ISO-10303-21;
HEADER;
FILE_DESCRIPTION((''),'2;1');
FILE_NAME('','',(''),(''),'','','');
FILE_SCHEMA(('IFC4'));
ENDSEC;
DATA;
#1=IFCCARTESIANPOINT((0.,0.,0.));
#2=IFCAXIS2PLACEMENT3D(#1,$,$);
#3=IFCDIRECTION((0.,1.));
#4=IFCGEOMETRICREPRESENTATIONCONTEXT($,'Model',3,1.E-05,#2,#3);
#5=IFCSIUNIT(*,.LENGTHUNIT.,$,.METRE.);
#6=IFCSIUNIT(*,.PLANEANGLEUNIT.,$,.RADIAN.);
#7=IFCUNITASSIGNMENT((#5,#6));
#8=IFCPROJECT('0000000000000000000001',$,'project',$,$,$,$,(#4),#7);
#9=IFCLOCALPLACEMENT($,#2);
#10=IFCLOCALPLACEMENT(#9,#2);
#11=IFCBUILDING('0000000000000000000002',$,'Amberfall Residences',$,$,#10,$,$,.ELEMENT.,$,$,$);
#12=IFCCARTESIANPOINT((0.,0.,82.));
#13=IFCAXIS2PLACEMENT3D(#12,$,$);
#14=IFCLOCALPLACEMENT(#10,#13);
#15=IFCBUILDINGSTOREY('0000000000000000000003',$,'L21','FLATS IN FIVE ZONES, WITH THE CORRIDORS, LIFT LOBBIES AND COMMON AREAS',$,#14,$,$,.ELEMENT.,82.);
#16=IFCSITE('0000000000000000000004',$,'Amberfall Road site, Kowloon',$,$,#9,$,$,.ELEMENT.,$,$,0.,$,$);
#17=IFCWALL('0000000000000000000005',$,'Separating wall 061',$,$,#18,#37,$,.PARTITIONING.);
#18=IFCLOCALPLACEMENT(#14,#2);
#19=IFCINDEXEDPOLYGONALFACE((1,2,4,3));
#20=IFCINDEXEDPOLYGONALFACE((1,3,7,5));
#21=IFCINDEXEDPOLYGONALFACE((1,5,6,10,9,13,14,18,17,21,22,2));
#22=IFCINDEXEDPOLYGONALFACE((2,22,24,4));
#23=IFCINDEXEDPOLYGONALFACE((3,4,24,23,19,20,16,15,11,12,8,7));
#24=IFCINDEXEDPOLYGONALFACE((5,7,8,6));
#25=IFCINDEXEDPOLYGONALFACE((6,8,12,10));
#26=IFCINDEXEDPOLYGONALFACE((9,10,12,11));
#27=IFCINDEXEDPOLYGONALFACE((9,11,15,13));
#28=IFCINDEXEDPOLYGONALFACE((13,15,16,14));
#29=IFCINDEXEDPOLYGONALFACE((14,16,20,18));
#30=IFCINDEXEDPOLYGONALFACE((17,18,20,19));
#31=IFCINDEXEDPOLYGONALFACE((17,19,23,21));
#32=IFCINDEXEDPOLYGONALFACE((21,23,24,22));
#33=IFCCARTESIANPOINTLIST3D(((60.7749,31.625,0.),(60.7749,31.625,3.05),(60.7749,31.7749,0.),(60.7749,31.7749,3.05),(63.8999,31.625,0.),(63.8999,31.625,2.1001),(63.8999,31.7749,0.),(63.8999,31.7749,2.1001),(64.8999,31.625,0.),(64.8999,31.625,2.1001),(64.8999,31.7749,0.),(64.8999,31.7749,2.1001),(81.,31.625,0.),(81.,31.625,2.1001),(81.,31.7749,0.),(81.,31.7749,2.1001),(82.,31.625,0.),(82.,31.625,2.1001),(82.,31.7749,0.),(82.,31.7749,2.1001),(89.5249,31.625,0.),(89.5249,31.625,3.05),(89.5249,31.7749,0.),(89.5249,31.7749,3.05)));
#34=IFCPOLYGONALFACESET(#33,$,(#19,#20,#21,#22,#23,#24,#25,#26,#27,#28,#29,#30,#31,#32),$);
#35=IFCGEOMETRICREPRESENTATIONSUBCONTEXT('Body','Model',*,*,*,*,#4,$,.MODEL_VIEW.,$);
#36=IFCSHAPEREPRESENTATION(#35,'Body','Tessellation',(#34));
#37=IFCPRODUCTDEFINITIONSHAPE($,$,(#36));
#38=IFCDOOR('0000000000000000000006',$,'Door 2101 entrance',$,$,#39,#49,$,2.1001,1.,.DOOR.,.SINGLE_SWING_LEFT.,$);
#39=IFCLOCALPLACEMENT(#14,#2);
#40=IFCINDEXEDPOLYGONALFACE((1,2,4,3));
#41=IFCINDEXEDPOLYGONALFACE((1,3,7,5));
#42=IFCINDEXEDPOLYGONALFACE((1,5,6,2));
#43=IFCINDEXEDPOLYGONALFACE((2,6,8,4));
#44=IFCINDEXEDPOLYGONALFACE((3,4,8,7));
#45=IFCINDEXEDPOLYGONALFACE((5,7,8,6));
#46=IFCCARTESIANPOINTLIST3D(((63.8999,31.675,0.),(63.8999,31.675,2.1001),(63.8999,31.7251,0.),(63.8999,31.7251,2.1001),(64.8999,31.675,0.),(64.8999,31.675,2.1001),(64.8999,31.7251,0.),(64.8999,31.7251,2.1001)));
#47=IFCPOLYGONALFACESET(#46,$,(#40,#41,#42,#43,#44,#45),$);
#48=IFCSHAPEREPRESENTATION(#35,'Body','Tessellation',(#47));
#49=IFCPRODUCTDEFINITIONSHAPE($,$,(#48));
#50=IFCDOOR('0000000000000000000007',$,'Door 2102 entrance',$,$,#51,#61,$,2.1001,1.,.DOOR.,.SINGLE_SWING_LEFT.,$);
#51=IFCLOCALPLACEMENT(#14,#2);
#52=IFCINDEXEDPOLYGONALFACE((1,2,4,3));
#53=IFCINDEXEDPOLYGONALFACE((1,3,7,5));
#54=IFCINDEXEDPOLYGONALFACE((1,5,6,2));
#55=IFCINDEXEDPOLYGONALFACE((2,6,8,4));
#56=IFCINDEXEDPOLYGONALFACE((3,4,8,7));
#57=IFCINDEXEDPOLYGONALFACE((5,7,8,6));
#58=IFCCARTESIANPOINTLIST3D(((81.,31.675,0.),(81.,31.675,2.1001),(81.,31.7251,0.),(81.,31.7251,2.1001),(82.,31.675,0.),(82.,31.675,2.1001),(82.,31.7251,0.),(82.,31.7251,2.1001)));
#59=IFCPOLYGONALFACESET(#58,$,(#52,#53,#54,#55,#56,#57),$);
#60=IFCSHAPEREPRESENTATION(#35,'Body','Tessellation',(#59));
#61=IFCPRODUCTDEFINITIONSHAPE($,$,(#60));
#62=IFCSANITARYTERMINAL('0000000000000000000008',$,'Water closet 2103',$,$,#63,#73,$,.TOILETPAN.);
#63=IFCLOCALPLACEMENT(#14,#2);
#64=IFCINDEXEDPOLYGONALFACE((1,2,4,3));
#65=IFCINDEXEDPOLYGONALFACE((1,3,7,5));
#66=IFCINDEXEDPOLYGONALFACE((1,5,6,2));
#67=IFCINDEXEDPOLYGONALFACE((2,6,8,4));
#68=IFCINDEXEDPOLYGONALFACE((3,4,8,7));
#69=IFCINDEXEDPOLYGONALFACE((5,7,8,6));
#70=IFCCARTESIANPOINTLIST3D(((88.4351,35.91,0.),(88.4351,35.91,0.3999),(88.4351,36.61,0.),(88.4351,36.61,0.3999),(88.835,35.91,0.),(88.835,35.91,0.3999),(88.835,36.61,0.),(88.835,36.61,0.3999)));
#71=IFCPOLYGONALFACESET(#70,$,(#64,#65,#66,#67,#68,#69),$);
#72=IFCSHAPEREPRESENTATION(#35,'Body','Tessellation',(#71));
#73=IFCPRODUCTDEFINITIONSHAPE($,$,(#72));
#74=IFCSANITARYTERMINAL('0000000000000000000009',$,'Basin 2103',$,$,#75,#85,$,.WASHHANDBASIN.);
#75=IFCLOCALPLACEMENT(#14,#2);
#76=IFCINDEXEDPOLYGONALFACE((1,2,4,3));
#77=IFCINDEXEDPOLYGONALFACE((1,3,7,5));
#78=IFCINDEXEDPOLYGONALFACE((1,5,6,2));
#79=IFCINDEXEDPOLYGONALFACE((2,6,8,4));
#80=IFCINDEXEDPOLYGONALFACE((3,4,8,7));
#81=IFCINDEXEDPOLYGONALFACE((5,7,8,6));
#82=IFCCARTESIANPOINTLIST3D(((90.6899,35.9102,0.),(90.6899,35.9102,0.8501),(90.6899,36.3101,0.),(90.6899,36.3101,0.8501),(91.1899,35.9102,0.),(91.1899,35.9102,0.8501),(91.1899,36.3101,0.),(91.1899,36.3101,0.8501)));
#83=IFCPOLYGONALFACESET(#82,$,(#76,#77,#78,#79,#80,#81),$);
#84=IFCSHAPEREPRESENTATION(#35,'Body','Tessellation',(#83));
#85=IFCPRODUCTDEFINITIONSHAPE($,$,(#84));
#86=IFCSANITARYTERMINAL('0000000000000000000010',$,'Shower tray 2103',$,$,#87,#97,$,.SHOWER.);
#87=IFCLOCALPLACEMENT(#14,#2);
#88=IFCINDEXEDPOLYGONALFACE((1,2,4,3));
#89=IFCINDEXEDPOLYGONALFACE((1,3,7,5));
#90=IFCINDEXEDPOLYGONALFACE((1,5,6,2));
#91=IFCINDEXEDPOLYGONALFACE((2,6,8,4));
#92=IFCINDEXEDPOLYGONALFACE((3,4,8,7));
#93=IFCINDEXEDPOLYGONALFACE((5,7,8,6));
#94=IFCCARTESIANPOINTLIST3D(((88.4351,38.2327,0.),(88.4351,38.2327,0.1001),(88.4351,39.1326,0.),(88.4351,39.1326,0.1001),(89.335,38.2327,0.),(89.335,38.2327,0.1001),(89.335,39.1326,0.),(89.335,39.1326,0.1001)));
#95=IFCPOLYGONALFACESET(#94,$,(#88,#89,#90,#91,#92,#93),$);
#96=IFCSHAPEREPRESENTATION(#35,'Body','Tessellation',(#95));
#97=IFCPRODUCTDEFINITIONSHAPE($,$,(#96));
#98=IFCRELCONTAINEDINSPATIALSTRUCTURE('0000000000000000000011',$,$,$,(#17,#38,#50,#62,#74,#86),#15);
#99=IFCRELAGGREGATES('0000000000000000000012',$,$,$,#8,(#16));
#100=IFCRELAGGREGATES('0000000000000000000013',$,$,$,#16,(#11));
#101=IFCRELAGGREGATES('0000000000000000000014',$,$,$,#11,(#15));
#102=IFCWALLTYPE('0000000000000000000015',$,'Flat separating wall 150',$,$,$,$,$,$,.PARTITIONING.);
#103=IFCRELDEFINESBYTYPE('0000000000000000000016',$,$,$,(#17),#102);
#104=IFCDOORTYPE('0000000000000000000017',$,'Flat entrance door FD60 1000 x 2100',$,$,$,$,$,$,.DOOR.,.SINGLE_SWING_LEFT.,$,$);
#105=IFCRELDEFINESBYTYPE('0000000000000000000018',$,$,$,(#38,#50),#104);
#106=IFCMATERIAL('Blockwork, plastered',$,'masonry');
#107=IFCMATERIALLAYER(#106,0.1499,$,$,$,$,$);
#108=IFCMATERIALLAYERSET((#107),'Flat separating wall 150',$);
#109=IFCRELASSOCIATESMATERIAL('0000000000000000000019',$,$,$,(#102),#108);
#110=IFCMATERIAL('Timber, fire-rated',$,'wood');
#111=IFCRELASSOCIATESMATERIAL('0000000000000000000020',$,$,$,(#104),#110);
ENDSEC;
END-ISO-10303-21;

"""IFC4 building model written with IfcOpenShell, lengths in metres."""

from ifc_helpers import new_model, si_unit, direction, frame, frame_2d, origin, origin_2d, place, context, subcontext, project, spatial, rectangle, extrude, material, layer, layer_set, type_object, element, fill, save


model = new_model("IFC4")

# Units and contexts
model_context = context("Model", 3, precision=1e-05, world=origin(), true_north=direction((0.0, 1.0)))
body_context = subcontext(model_context, "Body", "Model", "MODEL_VIEW")
ifc_project = project(units=[si_unit("LENGTHUNIT", "METRE"), si_unit("PLANEANGLEUNIT", "RADIAN")], contexts=[model_context])

# Site, building, storey
site_placement = place(None, origin())
site = spatial("IfcSite", under=ifc_project, at=site_placement, Name="Amberfall Road site, Kowloon", CompositionType="ELEMENT", RefElevation=0.0)
building_placement = place(site_placement, origin())
building = spatial("IfcBuilding", under=site, at=building_placement, Name="Amberfall Residences", CompositionType="ELEMENT")
storey_placement = place(building_placement, frame((0.0, 0.0, 82.0)))
storey = spatial("IfcBuildingStorey", under=building, at=storey_placement, Name="L21", Description="FLATS IN FIVE ZONES, WITH THE CORRIDORS, LIFT LOBBIES AND COMMON AREAS", CompositionType="ELEMENT", Elevation=82.0)

# Shared definitions
ifc_material_1 = material(Name="Blockwork, plastered", Category="masonry")
ifc_layer_1 = layer(ifc_material_1, 0.1499)
ifc_layer_set_1 = layer_set([ifc_layer_1], Name="Flat separating wall 150")
wall_type_1 = type_object("IfcWallType", Name="Flat separating wall 150", PredefinedType="PARTITIONING", material=ifc_layer_set_1)

# Wall, openings, doors
wall_1_placement = place(storey_placement, frame((89.5249, 31.7, 0.0), z_axis=(0.0, 0.0, 1.0), x_axis=(-1.0, 0.0, 0.0)))
wall_1 = element("IfcWall", 1, at=wall_1_placement, inside=storey, type_object=wall_type_1, Name="Separating wall 061", PredefinedType="PARTITIONING", context=body_context, shape_type="SweptSolid", body=[
    extrude(rectangle(XDim=28.75, YDim=0.1499, at=frame_2d((14.375, 0.0))), origin(), (0.0, 0.0, 1.0), 3.05),
])
opening_1_placement = place(wall_1_placement, frame((24.625, 0.0, 0.0)))
opening_1 = element("IfcOpeningElement", 2, at=opening_1_placement, cuts=wall_1, PredefinedType="OPENING", context=body_context, shape_type="SweptSolid", body=[
    extrude(rectangle(XDim=1.0, YDim=2.1001, at=frame_2d((0.5, 1.05))), frame((0.0, 0.085, 0.0), z_axis=(0.0, -1.0, 0.0), x_axis=(1.0, 0.0, 0.0)), (0.0, 0.0, 1.0), 0.1699),
])
opening_2_placement = place(wall_1_placement, frame((7.5249, 0.0, 0.0)))
opening_2 = element("IfcOpeningElement", 3, at=opening_2_placement, cuts=wall_1, PredefinedType="OPENING", context=body_context, shape_type="SweptSolid", body=[
    extrude(rectangle(XDim=1.0, YDim=2.1001, at=frame_2d((0.5, 1.05))), frame((0.0, 0.085, 0.0), z_axis=(0.0, -1.0, 0.0), x_axis=(1.0, 0.0, 0.0)), (0.0, 0.0, 1.0), 0.1699),
])
ifc_material_2 = material(Name="Timber, fire-rated", Category="wood")
door_type_1 = type_object("IfcDoorType", Name="Flat entrance door FD60 1000 x 2100", OperationType="SINGLE_SWING_LEFT", PredefinedType="DOOR", material=ifc_material_2)
door_1_placement = place(opening_1_placement, origin())
door_1 = element("IfcDoor", 4, at=door_1_placement, inside=storey, type_object=door_type_1, Name="Door 2101 entrance", OperationType="SINGLE_SWING_LEFT", OverallHeight=2.1001, OverallWidth=1.0, PredefinedType="DOOR", context=body_context, shape_type="SweptSolid", body=[
    extrude(rectangle(XDim=1.0, YDim=2.1001, at=frame_2d((0.5, 1.05))), frame((0.0, 0.0249, 0.0), z_axis=(0.0, -1.0, 0.0), x_axis=(1.0, 0.0, 0.0)), (0.0, 0.0, 1.0), 0.05),
])
fill(opening_1, door_1)
door_2_placement = place(opening_2_placement, origin())
door_2 = element("IfcDoor", 5, at=door_2_placement, inside=storey, type_object=door_type_1, Name="Door 2102 entrance", OperationType="SINGLE_SWING_LEFT", OverallHeight=2.1001, OverallWidth=1.0, PredefinedType="DOOR", context=body_context, shape_type="SweptSolid", body=[
    extrude(rectangle(XDim=1.0, YDim=2.1001, at=frame_2d((0.5, 1.05))), frame((0.0, 0.0249, 0.0), z_axis=(0.0, -1.0, 0.0), x_axis=(1.0, 0.0, 0.0)), (0.0, 0.0, 1.0), 0.05),
])
fill(opening_2, door_2)

# Sanitary terminals
sanitary_terminal_1_placement = place(storey_placement, frame((88.635, 36.26, 0.0), z_axis=(0.0, 0.0, 1.0), x_axis=(1.0, 0.0, 0.0)))
element("IfcSanitaryTerminal", 6, at=sanitary_terminal_1_placement, inside=storey, Name="Water closet 2103", PredefinedType="TOILETPAN", context=body_context, shape_type="SweptSolid", body=[
    extrude(rectangle(XDim=0.3999, YDim=0.7, at=origin_2d()), origin(), (0.0, 0.0, 1.0), 0.3999),
])
sanitary_terminal_2_placement = place(storey_placement, frame((90.9399, 36.1101, 0.0), z_axis=(0.0, 0.0, 1.0), x_axis=(1.0, 0.0, 0.0)))
element("IfcSanitaryTerminal", 7, at=sanitary_terminal_2_placement, inside=storey, Name="Basin 2103", PredefinedType="WASHHANDBASIN", context=body_context, shape_type="SweptSolid", body=[
    extrude(rectangle(XDim=0.5, YDim=0.3999, at=origin_2d()), origin(), (0.0, 0.0, 1.0), 0.8501),
])
sanitary_terminal_3_placement = place(storey_placement, frame((88.885, 38.6826, 0.0), z_axis=(0.0, 0.0, 1.0), x_axis=(1.0, 0.0, 0.0)))
element("IfcSanitaryTerminal", 8, at=sanitary_terminal_3_placement, inside=storey, Name="Shower tray 2103", PredefinedType="SHOWER", context=body_context, shape_type="SweptSolid", body=[
    extrude(rectangle(XDim=0.8999, YDim=0.8999, at=origin_2d()), origin(), (0.0, 0.0, 1.0), 0.1001),
])

save(model, "model.ifc")
